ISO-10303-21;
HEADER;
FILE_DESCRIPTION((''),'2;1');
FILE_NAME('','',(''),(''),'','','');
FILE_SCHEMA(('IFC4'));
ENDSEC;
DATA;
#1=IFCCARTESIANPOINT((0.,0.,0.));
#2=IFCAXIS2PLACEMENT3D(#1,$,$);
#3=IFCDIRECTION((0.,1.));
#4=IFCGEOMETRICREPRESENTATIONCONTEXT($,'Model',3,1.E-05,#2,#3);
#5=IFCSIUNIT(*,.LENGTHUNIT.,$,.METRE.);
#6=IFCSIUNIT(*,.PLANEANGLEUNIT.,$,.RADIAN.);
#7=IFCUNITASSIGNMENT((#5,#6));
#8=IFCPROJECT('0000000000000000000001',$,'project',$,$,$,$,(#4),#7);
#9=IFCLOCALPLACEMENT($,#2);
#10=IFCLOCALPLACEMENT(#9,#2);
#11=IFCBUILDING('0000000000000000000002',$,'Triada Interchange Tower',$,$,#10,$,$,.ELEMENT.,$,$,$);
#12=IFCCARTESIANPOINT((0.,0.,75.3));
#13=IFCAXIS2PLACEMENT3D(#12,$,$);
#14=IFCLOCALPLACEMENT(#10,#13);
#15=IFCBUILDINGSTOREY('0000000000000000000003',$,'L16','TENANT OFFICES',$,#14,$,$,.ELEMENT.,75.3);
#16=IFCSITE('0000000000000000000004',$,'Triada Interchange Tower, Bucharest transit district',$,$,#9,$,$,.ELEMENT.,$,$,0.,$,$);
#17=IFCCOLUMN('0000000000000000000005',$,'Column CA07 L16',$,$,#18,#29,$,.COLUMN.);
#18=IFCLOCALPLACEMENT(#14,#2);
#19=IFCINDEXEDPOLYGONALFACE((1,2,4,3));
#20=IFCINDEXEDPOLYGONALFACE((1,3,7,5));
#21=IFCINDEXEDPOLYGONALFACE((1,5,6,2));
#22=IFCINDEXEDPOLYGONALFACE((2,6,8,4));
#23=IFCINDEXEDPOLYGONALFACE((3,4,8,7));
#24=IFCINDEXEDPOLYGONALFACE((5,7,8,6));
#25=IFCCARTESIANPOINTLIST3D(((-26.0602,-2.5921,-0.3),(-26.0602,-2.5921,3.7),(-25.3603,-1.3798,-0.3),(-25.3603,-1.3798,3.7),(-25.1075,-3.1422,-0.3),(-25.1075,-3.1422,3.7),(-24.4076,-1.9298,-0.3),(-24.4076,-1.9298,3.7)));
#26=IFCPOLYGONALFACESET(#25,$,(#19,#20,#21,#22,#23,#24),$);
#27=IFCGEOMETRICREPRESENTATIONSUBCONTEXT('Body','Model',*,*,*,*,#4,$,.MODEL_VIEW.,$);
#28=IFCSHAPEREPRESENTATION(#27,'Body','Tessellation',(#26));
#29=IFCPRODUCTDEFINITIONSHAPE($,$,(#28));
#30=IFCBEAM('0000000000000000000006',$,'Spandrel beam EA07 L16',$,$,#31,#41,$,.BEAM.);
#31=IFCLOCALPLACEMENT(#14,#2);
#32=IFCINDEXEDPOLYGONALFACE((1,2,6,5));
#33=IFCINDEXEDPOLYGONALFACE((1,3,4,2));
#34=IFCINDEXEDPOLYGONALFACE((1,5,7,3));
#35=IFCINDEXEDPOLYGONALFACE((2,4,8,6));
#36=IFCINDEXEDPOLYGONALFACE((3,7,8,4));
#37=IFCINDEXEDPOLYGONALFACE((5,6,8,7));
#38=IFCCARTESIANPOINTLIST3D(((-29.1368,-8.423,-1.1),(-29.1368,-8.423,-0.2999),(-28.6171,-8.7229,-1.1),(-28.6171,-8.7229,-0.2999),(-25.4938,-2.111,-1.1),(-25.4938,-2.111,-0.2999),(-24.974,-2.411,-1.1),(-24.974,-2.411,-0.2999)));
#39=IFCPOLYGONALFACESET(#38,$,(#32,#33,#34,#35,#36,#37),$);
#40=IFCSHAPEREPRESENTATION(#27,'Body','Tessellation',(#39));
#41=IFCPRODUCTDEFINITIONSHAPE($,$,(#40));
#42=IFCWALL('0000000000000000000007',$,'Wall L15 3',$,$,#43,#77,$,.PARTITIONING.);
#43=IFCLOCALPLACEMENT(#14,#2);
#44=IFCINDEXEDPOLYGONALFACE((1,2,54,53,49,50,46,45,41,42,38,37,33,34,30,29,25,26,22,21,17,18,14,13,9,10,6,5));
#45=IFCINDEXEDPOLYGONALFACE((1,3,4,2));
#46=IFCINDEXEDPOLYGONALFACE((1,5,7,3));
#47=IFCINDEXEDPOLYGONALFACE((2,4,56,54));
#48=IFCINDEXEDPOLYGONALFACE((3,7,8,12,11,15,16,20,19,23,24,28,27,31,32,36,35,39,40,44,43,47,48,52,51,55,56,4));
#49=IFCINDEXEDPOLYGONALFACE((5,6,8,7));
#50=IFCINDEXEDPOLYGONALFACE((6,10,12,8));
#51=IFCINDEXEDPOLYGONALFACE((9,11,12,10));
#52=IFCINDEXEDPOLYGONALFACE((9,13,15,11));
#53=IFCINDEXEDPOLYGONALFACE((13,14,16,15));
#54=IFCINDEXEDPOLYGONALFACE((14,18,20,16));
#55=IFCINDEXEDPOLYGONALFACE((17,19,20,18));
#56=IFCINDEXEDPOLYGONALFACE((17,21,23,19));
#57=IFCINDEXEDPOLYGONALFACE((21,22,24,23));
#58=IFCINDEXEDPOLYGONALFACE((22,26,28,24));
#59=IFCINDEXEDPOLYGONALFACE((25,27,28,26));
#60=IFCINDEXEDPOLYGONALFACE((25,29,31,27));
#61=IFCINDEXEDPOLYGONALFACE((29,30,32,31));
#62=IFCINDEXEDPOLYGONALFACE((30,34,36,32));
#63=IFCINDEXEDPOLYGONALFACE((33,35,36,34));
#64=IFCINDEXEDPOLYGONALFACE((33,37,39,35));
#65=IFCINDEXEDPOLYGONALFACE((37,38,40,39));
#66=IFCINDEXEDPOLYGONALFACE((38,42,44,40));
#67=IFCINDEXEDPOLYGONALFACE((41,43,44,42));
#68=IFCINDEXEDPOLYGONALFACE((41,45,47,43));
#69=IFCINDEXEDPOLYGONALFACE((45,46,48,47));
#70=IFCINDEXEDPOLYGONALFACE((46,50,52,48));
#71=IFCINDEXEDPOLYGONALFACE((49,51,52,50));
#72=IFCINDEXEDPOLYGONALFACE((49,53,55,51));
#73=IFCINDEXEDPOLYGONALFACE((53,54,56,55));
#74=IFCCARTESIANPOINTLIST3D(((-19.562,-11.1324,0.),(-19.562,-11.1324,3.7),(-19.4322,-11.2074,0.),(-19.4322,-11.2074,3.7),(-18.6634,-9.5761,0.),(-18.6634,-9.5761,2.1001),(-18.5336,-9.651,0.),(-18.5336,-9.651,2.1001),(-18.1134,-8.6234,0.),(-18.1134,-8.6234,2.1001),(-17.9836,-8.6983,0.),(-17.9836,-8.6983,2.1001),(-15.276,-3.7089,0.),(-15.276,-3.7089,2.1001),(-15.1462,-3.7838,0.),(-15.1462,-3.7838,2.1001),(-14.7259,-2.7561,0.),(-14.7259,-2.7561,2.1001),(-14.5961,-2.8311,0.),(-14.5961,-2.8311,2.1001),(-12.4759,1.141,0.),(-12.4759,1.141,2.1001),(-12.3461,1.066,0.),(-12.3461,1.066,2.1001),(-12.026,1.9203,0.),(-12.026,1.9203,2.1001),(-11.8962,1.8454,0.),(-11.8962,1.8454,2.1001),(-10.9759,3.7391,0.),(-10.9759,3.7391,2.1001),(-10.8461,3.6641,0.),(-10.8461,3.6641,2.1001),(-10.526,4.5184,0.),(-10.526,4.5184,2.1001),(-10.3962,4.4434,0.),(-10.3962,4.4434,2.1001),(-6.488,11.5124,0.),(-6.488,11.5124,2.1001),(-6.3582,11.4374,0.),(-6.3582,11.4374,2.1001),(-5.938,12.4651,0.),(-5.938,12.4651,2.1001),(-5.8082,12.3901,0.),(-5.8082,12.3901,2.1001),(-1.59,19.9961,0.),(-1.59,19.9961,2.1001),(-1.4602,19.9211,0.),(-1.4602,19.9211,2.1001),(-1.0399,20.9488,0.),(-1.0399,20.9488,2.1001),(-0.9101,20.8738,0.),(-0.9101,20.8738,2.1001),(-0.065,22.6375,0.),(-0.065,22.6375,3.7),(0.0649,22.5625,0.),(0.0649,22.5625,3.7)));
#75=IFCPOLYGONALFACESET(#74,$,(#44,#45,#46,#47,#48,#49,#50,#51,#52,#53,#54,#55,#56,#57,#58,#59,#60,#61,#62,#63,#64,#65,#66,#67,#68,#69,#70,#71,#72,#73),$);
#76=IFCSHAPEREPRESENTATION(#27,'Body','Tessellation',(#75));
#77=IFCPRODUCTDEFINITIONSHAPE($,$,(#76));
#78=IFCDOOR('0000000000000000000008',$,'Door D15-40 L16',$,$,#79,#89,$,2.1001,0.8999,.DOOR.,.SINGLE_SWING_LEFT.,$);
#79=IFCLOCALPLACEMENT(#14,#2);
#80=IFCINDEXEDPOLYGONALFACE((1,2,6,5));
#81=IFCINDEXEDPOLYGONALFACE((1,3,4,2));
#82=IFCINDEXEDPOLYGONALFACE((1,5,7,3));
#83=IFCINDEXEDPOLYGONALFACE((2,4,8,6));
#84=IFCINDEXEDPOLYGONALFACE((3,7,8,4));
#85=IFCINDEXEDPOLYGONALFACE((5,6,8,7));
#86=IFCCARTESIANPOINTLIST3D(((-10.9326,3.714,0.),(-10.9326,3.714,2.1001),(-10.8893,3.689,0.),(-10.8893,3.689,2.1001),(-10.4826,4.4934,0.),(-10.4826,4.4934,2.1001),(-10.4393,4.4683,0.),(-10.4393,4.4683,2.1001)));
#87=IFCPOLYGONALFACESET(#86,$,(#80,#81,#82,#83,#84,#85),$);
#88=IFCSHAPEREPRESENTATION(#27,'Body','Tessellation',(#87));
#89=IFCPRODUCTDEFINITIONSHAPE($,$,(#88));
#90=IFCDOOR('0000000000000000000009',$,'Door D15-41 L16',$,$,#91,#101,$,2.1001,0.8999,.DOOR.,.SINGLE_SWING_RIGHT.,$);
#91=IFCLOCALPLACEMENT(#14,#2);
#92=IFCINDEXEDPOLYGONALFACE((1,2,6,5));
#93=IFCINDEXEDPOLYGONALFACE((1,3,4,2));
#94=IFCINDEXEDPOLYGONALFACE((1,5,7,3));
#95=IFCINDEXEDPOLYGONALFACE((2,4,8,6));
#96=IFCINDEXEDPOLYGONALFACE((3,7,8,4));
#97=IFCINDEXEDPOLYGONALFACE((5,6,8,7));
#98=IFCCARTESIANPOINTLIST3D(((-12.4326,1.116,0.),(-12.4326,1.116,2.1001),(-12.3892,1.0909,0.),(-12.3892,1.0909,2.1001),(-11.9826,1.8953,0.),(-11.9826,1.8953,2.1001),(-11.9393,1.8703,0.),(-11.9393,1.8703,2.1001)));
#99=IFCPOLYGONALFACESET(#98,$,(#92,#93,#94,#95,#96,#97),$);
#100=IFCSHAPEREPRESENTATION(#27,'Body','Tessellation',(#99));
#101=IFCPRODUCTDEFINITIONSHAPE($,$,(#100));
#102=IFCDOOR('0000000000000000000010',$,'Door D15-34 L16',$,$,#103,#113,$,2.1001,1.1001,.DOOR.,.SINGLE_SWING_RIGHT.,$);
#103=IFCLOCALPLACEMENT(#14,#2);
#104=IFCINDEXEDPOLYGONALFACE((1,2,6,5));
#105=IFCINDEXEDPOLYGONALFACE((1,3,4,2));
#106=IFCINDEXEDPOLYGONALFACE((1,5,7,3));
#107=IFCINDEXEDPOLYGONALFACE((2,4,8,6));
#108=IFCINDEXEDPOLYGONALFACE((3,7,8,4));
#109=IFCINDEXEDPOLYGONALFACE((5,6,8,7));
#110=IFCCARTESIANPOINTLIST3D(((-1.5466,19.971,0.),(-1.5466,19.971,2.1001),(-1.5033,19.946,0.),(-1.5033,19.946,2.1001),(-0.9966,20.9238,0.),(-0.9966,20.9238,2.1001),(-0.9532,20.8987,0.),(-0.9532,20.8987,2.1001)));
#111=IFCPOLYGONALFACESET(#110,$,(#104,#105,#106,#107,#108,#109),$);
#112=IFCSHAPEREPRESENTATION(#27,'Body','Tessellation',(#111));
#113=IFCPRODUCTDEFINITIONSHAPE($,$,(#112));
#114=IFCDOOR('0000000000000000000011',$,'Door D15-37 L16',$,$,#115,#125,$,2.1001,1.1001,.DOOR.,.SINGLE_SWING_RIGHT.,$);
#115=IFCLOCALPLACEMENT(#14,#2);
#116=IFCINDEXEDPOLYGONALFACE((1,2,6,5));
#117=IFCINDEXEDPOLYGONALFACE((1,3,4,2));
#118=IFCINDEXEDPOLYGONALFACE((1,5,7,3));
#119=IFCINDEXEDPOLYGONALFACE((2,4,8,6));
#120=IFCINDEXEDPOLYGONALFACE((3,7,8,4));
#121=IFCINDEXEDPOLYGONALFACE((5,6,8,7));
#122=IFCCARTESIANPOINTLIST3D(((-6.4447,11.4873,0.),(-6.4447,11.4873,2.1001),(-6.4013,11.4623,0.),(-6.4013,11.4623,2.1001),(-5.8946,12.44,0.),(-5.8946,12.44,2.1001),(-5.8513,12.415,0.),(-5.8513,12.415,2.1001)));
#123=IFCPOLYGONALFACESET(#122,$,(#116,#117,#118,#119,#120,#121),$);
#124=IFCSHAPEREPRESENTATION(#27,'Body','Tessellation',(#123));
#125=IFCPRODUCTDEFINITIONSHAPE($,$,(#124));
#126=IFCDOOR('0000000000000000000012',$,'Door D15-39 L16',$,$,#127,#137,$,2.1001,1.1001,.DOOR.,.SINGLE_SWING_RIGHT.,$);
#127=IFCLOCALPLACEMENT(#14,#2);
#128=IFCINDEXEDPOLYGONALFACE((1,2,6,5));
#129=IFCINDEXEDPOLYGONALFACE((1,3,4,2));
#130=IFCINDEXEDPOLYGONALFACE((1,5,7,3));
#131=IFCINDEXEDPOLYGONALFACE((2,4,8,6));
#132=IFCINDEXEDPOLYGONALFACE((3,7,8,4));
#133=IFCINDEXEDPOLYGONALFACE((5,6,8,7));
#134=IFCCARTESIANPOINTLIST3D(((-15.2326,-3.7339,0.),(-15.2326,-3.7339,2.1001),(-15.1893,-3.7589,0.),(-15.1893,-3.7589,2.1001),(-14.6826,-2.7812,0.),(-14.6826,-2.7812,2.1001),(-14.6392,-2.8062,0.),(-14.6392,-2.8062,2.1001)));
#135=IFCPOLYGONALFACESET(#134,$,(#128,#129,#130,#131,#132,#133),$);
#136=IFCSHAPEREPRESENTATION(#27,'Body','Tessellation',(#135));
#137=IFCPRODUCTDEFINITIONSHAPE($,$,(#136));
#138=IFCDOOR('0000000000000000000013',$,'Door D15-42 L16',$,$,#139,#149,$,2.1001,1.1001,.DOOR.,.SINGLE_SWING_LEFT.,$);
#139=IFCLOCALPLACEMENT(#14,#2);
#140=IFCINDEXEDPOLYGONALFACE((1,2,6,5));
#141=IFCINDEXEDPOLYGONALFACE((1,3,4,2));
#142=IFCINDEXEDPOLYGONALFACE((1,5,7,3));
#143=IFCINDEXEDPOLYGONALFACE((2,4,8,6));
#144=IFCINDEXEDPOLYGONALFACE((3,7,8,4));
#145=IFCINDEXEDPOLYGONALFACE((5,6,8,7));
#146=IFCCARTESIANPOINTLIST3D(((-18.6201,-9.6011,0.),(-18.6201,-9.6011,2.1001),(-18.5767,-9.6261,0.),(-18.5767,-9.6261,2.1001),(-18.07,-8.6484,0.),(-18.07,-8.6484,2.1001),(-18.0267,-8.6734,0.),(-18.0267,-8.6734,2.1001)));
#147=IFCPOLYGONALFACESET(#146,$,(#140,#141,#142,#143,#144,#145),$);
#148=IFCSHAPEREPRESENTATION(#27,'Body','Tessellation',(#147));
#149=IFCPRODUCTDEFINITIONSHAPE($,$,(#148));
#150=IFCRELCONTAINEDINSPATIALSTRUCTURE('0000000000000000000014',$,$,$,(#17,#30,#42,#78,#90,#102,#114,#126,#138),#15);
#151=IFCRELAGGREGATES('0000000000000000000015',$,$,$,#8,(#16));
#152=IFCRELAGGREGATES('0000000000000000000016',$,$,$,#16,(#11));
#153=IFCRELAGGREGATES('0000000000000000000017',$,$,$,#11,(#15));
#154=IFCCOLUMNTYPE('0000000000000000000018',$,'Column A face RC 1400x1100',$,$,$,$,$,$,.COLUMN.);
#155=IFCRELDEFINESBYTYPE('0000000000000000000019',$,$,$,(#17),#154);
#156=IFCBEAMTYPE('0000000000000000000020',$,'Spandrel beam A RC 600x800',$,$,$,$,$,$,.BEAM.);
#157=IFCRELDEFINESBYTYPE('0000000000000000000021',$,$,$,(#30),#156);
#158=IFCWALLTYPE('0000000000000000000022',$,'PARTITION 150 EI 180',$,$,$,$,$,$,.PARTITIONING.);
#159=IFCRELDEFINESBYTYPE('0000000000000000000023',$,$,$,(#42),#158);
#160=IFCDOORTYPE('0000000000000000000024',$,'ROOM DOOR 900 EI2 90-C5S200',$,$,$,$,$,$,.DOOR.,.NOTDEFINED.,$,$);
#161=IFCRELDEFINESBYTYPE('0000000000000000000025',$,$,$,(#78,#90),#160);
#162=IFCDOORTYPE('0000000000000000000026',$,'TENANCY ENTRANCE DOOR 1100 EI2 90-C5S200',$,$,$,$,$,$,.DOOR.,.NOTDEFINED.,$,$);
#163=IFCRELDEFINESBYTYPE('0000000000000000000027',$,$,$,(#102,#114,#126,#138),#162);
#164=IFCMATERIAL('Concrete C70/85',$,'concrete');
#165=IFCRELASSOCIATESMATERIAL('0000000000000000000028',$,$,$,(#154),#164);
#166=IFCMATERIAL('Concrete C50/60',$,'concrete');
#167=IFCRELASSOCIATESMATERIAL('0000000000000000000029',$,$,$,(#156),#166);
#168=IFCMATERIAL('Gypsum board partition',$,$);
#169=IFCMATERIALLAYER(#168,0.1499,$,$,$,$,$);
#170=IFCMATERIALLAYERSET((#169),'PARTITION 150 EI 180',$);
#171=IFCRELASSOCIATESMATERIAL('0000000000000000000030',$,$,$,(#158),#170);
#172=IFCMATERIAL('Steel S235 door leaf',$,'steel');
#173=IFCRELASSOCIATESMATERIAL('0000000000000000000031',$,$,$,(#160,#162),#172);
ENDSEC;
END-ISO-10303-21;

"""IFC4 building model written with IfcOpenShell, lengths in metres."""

from ifc_helpers import new_model, si_unit, direction, frame, frame_2d, origin, origin_2d, place, context, subcontext, project, spatial, rectangle, extrude, material, layer, layer_set, material_profile, profile_set, type_object, element, fill, save


model = new_model("IFC4")

# Units and contexts
model_context = context("Model", 3, precision=1e-05, world=origin(), true_north=direction((0.0, 1.0)))
body_context = subcontext(model_context, "Body", "Model", "MODEL_VIEW")
ifc_project = project(units=[si_unit("LENGTHUNIT", "METRE"), si_unit("PLANEANGLEUNIT", "RADIAN")], contexts=[model_context])

# Site, building, storey
site_placement = place(None, origin())
site = spatial("IfcSite", under=ifc_project, at=site_placement, Name="Triada Interchange Tower, Bucharest transit district", CompositionType="ELEMENT", RefElevation=0.0)
building_placement = place(site_placement, origin())
building = spatial("IfcBuilding", under=site, at=building_placement, Name="Triada Interchange Tower", CompositionType="ELEMENT")
storey_placement = place(building_placement, frame((0.0, 0.0, 75.3)))
storey = spatial("IfcBuildingStorey", under=building, at=storey_placement, Name="L16", Description="TENANT OFFICES", CompositionType="ELEMENT", Elevation=75.3)

# Column
ifc_material_1 = material(Name="Concrete C70/85", Category="concrete")
ifc_material_profile_1 = material_profile(ifc_material_1, rectangle(XDim=1.3999, YDim=1.1001, at=origin_2d()), Name="RC 1400x1100")
ifc_profile_set_1 = profile_set([ifc_material_profile_1], Name="Concrete C70/85")
column_type = type_object("IfcColumnType", Name="Column A face RC 1400x1100", PredefinedType="COLUMN", material=ifc_profile_set_1)
column_placement = place(storey_placement, frame((-25.2339, -2.261, -0.3), z_axis=(0.0, 0.0, 1.0), x_axis=(0.5, 0.866025, 0.0)))
element("IfcColumn", 1, at=column_placement, inside=storey, type_object=column_type, Name="Column CA07 L16", PredefinedType="COLUMN", context=body_context, shape_type="SweptSolid", body=[
    extrude(rectangle(XDim=1.3999, YDim=1.1001, at=origin_2d()), origin(), (0.0, 0.0, 1.0), 4.0),
])

# Beam
ifc_material_2 = material(Name="Concrete C50/60", Category="concrete")
ifc_material_profile_2 = material_profile(ifc_material_2, rectangle(XDim=0.6001, YDim=0.8, at=origin_2d()), Name="RC 600x800")
ifc_profile_set_2 = profile_set([ifc_material_profile_2], Name="Concrete C50/60")
beam_type = type_object("IfcBeamType", Name="Spandrel beam A RC 600x800", PredefinedType="BEAM", material=ifc_profile_set_2)
beam_placement = place(storey_placement, frame((-25.2339, -2.261, -0.7), z_axis=(-0.499879, -0.866095, 0.0), x_axis=(0.866095, -0.499879, 0.0)))
element("IfcBeam", 2, at=beam_placement, inside=storey, type_object=beam_type, Name="Spandrel beam EA07 L16", PredefinedType="BEAM", context=body_context, shape_type="SweptSolid", body=[
    extrude(rectangle(XDim=0.6001, YDim=0.8, at=origin_2d()), origin(), (0.0, 0.0, 1.0), 7.2878),
])

# Wall, openings, doors
ifc_material_3 = material(Name="Gypsum board partition")
ifc_layer_1 = layer(ifc_material_3, 0.1499)
ifc_layer_set_1 = layer_set([ifc_layer_1], Name="PARTITION 150 EI 180")
wall_type_1 = type_object("IfcWallType", Name="PARTITION 150 EI 180", PredefinedType="PARTITIONING", material=ifc_layer_set_1)
wall_1_placement = place(storey_placement, frame((-19.4971, -11.1699, 0.0), z_axis=(0.0, 0.0, 1.0), x_axis=(0.499999, 0.866026, 0.0)))
wall_1 = element("IfcWall", 3, at=wall_1_placement, inside=storey, type_object=wall_type_1, Name="Wall L15 3", PredefinedType="PARTITIONING", context=body_context, shape_type="SweptSolid", body=[
    extrude(rectangle(XDim=38.9941, YDim=0.1499, at=frame_2d((19.4971, 0.0))), origin(), (0.0, 0.0, 1.0), 3.7),
])
opening_1_placement = place(wall_1_placement, frame((35.9441, 0.0, 0.0)))
opening_1 = element("IfcOpeningElement", 4, at=opening_1_placement, cuts=wall_1, PredefinedType="OPENING", context=body_context, shape_type="SweptSolid", body=[
    extrude(rectangle(XDim=1.1001, YDim=2.1001, at=frame_2d((0.55, 1.05))), frame((0.0, 0.085, 0.0), z_axis=(0.0, -1.0, 0.0), x_axis=(1.0, 0.0, 0.0)), (0.0, 0.0, 1.0), 0.1699),
])
opening_2_placement = place(wall_1_placement, frame((26.1479, 0.0, 0.0)))
opening_2 = element("IfcOpeningElement", 5, at=opening_2_placement, cuts=wall_1, PredefinedType="OPENING", context=body_context, shape_type="SweptSolid", body=[
    extrude(rectangle(XDim=1.1001, YDim=2.1001, at=frame_2d((0.55, 1.05))), frame((0.0, 0.085, 0.0), z_axis=(0.0, -1.0, 0.0), x_axis=(1.0, 0.0, 0.0)), (0.0, 0.0, 1.0), 0.1699),
])
opening_3_placement = place(wall_1_placement, frame((8.572, 0.0, 0.0)))
opening_3 = element("IfcOpeningElement", 6, at=opening_3_placement, cuts=wall_1, PredefinedType="OPENING", context=body_context, shape_type="SweptSolid", body=[
    extrude(rectangle(XDim=1.1001, YDim=2.1001, at=frame_2d((0.55, 1.05))), frame((0.0, 0.085, 0.0), z_axis=(0.0, -1.0, 0.0), x_axis=(1.0, 0.0, 0.0)), (0.0, 0.0, 1.0), 0.1699),
])
opening_4_placement = place(wall_1_placement, frame((17.1721, 0.0, 0.0)))
opening_4 = element("IfcOpeningElement", 7, at=opening_4_placement, cuts=wall_1, PredefinedType="OPENING", context=body_context, shape_type="SweptSolid", body=[
    extrude(rectangle(XDim=0.8999, YDim=2.1001, at=frame_2d((0.45, 1.05))), frame((0.0, 0.085, 0.0), z_axis=(0.0, -1.0, 0.0), x_axis=(1.0, 0.0, 0.0)), (0.0, 0.0, 1.0), 0.1699),
])
opening_5_placement = place(wall_1_placement, frame((14.1721, 0.0, 0.0)))
opening_5 = element("IfcOpeningElement", 8, at=opening_5_placement, cuts=wall_1, PredefinedType="OPENING", context=body_context, shape_type="SweptSolid", body=[
    extrude(rectangle(XDim=0.8999, YDim=2.1001, at=frame_2d((0.45, 1.05))), frame((0.0, 0.085, 0.0), z_axis=(0.0, -1.0, 0.0), x_axis=(1.0, 0.0, 0.0)), (0.0, 0.0, 1.0), 0.1699),
])
opening_6_placement = place(wall_1_placement, frame((1.7971, 0.0, 0.0)))
opening_6 = element("IfcOpeningElement", 9, at=opening_6_placement, cuts=wall_1, PredefinedType="OPENING", context=body_context, shape_type="SweptSolid", body=[
    extrude(rectangle(XDim=1.1001, YDim=2.1001, at=frame_2d((0.55, 1.05))), frame((0.0, 0.085, 0.0), z_axis=(0.0, -1.0, 0.0), x_axis=(1.0, 0.0, 0.0)), (0.0, 0.0, 1.0), 0.1699),
])
ifc_material_4 = material(Name="Steel S235 door leaf", Category="steel")
door_type_1 = type_object("IfcDoorType", Name="ROOM DOOR 900 EI2 90-C5S200", OperationType="NOTDEFINED", PredefinedType="DOOR", material=ifc_material_4)
door_1_placement = place(opening_4_placement, origin())
door_1 = element("IfcDoor", 10, at=door_1_placement, inside=storey, type_object=door_type_1, Name="Door D15-40 L16", OperationType="SINGLE_SWING_LEFT", OverallHeight=2.1001, OverallWidth=0.8999, PredefinedType="DOOR", context=body_context, shape_type="SweptSolid", body=[
    extrude(rectangle(XDim=0.8999, YDim=2.1001, at=frame_2d((0.45, 1.05))), frame((0.0, 0.0249, 0.0), z_axis=(0.0, -1.0, 0.0), x_axis=(1.0, 0.0, 0.0)), (0.0, 0.0, 1.0), 0.05),
])
fill(opening_4, door_1)
door_2_placement = place(opening_5_placement, origin())
door_2 = element("IfcDoor", 11, at=door_2_placement, inside=storey, type_object=door_type_1, Name="Door D15-41 L16", OperationType="SINGLE_SWING_RIGHT", OverallHeight=2.1001, OverallWidth=0.8999, PredefinedType="DOOR", context=body_context, shape_type="SweptSolid", body=[
    extrude(rectangle(XDim=0.8999, YDim=2.1001, at=frame_2d((0.45, 1.05))), frame((0.0, 0.0249, 0.0), z_axis=(0.0, -1.0, 0.0), x_axis=(1.0, 0.0, 0.0)), (0.0, 0.0, 1.0), 0.05),
])
fill(opening_5, door_2)
door_type_2 = type_object("IfcDoorType", Name="TENANCY ENTRANCE DOOR 1100 EI2 90-C5S200", OperationType="NOTDEFINED", PredefinedType="DOOR", material=ifc_material_4)
door_3_placement = place(opening_1_placement, origin())
door_3 = element("IfcDoor", 12, at=door_3_placement, inside=storey, type_object=door_type_2, Name="Door D15-34 L16", OperationType="SINGLE_SWING_RIGHT", OverallHeight=2.1001, OverallWidth=1.1001, PredefinedType="DOOR", context=body_context, shape_type="SweptSolid", body=[
    extrude(rectangle(XDim=1.1001, YDim=2.1001, at=frame_2d((0.55, 1.05))), frame((0.0, 0.0249, 0.0), z_axis=(0.0, -1.0, 0.0), x_axis=(1.0, 0.0, 0.0)), (0.0, 0.0, 1.0), 0.05),
])
fill(opening_1, door_3)
door_4_placement = place(opening_2_placement, origin())
door_4 = element("IfcDoor", 13, at=door_4_placement, inside=storey, type_object=door_type_2, Name="Door D15-37 L16", OperationType="SINGLE_SWING_RIGHT", OverallHeight=2.1001, OverallWidth=1.1001, PredefinedType="DOOR", context=body_context, shape_type="SweptSolid", body=[
    extrude(rectangle(XDim=1.1001, YDim=2.1001, at=frame_2d((0.55, 1.05))), frame((0.0, 0.0249, 0.0), z_axis=(0.0, -1.0, 0.0), x_axis=(1.0, 0.0, 0.0)), (0.0, 0.0, 1.0), 0.05),
])
fill(opening_2, door_4)
door_5_placement = place(opening_3_placement, origin())
door_5 = element("IfcDoor", 14, at=door_5_placement, inside=storey, type_object=door_type_2, Name="Door D15-39 L16", OperationType="SINGLE_SWING_RIGHT", OverallHeight=2.1001, OverallWidth=1.1001, PredefinedType="DOOR", context=body_context, shape_type="SweptSolid", body=[
    extrude(rectangle(XDim=1.1001, YDim=2.1001, at=frame_2d((0.55, 1.05))), frame((0.0, 0.0249, 0.0), z_axis=(0.0, -1.0, 0.0), x_axis=(1.0, 0.0, 0.0)), (0.0, 0.0, 1.0), 0.05),
])
fill(opening_3, door_5)
door_6_placement = place(opening_6_placement, origin())
door_6 = element("IfcDoor", 15, at=door_6_placement, inside=storey, type_object=door_type_2, Name="Door D15-42 L16", OperationType="SINGLE_SWING_LEFT", OverallHeight=2.1001, OverallWidth=1.1001, PredefinedType="DOOR", context=body_context, shape_type="SweptSolid", body=[
    extrude(rectangle(XDim=1.1001, YDim=2.1001, at=frame_2d((0.55, 1.05))), frame((0.0, 0.0249, 0.0), z_axis=(0.0, -1.0, 0.0), x_axis=(1.0, 0.0, 0.0)), (0.0, 0.0, 1.0), 0.05),
])
fill(opening_6, door_6)

save(model, "model.ifc")
